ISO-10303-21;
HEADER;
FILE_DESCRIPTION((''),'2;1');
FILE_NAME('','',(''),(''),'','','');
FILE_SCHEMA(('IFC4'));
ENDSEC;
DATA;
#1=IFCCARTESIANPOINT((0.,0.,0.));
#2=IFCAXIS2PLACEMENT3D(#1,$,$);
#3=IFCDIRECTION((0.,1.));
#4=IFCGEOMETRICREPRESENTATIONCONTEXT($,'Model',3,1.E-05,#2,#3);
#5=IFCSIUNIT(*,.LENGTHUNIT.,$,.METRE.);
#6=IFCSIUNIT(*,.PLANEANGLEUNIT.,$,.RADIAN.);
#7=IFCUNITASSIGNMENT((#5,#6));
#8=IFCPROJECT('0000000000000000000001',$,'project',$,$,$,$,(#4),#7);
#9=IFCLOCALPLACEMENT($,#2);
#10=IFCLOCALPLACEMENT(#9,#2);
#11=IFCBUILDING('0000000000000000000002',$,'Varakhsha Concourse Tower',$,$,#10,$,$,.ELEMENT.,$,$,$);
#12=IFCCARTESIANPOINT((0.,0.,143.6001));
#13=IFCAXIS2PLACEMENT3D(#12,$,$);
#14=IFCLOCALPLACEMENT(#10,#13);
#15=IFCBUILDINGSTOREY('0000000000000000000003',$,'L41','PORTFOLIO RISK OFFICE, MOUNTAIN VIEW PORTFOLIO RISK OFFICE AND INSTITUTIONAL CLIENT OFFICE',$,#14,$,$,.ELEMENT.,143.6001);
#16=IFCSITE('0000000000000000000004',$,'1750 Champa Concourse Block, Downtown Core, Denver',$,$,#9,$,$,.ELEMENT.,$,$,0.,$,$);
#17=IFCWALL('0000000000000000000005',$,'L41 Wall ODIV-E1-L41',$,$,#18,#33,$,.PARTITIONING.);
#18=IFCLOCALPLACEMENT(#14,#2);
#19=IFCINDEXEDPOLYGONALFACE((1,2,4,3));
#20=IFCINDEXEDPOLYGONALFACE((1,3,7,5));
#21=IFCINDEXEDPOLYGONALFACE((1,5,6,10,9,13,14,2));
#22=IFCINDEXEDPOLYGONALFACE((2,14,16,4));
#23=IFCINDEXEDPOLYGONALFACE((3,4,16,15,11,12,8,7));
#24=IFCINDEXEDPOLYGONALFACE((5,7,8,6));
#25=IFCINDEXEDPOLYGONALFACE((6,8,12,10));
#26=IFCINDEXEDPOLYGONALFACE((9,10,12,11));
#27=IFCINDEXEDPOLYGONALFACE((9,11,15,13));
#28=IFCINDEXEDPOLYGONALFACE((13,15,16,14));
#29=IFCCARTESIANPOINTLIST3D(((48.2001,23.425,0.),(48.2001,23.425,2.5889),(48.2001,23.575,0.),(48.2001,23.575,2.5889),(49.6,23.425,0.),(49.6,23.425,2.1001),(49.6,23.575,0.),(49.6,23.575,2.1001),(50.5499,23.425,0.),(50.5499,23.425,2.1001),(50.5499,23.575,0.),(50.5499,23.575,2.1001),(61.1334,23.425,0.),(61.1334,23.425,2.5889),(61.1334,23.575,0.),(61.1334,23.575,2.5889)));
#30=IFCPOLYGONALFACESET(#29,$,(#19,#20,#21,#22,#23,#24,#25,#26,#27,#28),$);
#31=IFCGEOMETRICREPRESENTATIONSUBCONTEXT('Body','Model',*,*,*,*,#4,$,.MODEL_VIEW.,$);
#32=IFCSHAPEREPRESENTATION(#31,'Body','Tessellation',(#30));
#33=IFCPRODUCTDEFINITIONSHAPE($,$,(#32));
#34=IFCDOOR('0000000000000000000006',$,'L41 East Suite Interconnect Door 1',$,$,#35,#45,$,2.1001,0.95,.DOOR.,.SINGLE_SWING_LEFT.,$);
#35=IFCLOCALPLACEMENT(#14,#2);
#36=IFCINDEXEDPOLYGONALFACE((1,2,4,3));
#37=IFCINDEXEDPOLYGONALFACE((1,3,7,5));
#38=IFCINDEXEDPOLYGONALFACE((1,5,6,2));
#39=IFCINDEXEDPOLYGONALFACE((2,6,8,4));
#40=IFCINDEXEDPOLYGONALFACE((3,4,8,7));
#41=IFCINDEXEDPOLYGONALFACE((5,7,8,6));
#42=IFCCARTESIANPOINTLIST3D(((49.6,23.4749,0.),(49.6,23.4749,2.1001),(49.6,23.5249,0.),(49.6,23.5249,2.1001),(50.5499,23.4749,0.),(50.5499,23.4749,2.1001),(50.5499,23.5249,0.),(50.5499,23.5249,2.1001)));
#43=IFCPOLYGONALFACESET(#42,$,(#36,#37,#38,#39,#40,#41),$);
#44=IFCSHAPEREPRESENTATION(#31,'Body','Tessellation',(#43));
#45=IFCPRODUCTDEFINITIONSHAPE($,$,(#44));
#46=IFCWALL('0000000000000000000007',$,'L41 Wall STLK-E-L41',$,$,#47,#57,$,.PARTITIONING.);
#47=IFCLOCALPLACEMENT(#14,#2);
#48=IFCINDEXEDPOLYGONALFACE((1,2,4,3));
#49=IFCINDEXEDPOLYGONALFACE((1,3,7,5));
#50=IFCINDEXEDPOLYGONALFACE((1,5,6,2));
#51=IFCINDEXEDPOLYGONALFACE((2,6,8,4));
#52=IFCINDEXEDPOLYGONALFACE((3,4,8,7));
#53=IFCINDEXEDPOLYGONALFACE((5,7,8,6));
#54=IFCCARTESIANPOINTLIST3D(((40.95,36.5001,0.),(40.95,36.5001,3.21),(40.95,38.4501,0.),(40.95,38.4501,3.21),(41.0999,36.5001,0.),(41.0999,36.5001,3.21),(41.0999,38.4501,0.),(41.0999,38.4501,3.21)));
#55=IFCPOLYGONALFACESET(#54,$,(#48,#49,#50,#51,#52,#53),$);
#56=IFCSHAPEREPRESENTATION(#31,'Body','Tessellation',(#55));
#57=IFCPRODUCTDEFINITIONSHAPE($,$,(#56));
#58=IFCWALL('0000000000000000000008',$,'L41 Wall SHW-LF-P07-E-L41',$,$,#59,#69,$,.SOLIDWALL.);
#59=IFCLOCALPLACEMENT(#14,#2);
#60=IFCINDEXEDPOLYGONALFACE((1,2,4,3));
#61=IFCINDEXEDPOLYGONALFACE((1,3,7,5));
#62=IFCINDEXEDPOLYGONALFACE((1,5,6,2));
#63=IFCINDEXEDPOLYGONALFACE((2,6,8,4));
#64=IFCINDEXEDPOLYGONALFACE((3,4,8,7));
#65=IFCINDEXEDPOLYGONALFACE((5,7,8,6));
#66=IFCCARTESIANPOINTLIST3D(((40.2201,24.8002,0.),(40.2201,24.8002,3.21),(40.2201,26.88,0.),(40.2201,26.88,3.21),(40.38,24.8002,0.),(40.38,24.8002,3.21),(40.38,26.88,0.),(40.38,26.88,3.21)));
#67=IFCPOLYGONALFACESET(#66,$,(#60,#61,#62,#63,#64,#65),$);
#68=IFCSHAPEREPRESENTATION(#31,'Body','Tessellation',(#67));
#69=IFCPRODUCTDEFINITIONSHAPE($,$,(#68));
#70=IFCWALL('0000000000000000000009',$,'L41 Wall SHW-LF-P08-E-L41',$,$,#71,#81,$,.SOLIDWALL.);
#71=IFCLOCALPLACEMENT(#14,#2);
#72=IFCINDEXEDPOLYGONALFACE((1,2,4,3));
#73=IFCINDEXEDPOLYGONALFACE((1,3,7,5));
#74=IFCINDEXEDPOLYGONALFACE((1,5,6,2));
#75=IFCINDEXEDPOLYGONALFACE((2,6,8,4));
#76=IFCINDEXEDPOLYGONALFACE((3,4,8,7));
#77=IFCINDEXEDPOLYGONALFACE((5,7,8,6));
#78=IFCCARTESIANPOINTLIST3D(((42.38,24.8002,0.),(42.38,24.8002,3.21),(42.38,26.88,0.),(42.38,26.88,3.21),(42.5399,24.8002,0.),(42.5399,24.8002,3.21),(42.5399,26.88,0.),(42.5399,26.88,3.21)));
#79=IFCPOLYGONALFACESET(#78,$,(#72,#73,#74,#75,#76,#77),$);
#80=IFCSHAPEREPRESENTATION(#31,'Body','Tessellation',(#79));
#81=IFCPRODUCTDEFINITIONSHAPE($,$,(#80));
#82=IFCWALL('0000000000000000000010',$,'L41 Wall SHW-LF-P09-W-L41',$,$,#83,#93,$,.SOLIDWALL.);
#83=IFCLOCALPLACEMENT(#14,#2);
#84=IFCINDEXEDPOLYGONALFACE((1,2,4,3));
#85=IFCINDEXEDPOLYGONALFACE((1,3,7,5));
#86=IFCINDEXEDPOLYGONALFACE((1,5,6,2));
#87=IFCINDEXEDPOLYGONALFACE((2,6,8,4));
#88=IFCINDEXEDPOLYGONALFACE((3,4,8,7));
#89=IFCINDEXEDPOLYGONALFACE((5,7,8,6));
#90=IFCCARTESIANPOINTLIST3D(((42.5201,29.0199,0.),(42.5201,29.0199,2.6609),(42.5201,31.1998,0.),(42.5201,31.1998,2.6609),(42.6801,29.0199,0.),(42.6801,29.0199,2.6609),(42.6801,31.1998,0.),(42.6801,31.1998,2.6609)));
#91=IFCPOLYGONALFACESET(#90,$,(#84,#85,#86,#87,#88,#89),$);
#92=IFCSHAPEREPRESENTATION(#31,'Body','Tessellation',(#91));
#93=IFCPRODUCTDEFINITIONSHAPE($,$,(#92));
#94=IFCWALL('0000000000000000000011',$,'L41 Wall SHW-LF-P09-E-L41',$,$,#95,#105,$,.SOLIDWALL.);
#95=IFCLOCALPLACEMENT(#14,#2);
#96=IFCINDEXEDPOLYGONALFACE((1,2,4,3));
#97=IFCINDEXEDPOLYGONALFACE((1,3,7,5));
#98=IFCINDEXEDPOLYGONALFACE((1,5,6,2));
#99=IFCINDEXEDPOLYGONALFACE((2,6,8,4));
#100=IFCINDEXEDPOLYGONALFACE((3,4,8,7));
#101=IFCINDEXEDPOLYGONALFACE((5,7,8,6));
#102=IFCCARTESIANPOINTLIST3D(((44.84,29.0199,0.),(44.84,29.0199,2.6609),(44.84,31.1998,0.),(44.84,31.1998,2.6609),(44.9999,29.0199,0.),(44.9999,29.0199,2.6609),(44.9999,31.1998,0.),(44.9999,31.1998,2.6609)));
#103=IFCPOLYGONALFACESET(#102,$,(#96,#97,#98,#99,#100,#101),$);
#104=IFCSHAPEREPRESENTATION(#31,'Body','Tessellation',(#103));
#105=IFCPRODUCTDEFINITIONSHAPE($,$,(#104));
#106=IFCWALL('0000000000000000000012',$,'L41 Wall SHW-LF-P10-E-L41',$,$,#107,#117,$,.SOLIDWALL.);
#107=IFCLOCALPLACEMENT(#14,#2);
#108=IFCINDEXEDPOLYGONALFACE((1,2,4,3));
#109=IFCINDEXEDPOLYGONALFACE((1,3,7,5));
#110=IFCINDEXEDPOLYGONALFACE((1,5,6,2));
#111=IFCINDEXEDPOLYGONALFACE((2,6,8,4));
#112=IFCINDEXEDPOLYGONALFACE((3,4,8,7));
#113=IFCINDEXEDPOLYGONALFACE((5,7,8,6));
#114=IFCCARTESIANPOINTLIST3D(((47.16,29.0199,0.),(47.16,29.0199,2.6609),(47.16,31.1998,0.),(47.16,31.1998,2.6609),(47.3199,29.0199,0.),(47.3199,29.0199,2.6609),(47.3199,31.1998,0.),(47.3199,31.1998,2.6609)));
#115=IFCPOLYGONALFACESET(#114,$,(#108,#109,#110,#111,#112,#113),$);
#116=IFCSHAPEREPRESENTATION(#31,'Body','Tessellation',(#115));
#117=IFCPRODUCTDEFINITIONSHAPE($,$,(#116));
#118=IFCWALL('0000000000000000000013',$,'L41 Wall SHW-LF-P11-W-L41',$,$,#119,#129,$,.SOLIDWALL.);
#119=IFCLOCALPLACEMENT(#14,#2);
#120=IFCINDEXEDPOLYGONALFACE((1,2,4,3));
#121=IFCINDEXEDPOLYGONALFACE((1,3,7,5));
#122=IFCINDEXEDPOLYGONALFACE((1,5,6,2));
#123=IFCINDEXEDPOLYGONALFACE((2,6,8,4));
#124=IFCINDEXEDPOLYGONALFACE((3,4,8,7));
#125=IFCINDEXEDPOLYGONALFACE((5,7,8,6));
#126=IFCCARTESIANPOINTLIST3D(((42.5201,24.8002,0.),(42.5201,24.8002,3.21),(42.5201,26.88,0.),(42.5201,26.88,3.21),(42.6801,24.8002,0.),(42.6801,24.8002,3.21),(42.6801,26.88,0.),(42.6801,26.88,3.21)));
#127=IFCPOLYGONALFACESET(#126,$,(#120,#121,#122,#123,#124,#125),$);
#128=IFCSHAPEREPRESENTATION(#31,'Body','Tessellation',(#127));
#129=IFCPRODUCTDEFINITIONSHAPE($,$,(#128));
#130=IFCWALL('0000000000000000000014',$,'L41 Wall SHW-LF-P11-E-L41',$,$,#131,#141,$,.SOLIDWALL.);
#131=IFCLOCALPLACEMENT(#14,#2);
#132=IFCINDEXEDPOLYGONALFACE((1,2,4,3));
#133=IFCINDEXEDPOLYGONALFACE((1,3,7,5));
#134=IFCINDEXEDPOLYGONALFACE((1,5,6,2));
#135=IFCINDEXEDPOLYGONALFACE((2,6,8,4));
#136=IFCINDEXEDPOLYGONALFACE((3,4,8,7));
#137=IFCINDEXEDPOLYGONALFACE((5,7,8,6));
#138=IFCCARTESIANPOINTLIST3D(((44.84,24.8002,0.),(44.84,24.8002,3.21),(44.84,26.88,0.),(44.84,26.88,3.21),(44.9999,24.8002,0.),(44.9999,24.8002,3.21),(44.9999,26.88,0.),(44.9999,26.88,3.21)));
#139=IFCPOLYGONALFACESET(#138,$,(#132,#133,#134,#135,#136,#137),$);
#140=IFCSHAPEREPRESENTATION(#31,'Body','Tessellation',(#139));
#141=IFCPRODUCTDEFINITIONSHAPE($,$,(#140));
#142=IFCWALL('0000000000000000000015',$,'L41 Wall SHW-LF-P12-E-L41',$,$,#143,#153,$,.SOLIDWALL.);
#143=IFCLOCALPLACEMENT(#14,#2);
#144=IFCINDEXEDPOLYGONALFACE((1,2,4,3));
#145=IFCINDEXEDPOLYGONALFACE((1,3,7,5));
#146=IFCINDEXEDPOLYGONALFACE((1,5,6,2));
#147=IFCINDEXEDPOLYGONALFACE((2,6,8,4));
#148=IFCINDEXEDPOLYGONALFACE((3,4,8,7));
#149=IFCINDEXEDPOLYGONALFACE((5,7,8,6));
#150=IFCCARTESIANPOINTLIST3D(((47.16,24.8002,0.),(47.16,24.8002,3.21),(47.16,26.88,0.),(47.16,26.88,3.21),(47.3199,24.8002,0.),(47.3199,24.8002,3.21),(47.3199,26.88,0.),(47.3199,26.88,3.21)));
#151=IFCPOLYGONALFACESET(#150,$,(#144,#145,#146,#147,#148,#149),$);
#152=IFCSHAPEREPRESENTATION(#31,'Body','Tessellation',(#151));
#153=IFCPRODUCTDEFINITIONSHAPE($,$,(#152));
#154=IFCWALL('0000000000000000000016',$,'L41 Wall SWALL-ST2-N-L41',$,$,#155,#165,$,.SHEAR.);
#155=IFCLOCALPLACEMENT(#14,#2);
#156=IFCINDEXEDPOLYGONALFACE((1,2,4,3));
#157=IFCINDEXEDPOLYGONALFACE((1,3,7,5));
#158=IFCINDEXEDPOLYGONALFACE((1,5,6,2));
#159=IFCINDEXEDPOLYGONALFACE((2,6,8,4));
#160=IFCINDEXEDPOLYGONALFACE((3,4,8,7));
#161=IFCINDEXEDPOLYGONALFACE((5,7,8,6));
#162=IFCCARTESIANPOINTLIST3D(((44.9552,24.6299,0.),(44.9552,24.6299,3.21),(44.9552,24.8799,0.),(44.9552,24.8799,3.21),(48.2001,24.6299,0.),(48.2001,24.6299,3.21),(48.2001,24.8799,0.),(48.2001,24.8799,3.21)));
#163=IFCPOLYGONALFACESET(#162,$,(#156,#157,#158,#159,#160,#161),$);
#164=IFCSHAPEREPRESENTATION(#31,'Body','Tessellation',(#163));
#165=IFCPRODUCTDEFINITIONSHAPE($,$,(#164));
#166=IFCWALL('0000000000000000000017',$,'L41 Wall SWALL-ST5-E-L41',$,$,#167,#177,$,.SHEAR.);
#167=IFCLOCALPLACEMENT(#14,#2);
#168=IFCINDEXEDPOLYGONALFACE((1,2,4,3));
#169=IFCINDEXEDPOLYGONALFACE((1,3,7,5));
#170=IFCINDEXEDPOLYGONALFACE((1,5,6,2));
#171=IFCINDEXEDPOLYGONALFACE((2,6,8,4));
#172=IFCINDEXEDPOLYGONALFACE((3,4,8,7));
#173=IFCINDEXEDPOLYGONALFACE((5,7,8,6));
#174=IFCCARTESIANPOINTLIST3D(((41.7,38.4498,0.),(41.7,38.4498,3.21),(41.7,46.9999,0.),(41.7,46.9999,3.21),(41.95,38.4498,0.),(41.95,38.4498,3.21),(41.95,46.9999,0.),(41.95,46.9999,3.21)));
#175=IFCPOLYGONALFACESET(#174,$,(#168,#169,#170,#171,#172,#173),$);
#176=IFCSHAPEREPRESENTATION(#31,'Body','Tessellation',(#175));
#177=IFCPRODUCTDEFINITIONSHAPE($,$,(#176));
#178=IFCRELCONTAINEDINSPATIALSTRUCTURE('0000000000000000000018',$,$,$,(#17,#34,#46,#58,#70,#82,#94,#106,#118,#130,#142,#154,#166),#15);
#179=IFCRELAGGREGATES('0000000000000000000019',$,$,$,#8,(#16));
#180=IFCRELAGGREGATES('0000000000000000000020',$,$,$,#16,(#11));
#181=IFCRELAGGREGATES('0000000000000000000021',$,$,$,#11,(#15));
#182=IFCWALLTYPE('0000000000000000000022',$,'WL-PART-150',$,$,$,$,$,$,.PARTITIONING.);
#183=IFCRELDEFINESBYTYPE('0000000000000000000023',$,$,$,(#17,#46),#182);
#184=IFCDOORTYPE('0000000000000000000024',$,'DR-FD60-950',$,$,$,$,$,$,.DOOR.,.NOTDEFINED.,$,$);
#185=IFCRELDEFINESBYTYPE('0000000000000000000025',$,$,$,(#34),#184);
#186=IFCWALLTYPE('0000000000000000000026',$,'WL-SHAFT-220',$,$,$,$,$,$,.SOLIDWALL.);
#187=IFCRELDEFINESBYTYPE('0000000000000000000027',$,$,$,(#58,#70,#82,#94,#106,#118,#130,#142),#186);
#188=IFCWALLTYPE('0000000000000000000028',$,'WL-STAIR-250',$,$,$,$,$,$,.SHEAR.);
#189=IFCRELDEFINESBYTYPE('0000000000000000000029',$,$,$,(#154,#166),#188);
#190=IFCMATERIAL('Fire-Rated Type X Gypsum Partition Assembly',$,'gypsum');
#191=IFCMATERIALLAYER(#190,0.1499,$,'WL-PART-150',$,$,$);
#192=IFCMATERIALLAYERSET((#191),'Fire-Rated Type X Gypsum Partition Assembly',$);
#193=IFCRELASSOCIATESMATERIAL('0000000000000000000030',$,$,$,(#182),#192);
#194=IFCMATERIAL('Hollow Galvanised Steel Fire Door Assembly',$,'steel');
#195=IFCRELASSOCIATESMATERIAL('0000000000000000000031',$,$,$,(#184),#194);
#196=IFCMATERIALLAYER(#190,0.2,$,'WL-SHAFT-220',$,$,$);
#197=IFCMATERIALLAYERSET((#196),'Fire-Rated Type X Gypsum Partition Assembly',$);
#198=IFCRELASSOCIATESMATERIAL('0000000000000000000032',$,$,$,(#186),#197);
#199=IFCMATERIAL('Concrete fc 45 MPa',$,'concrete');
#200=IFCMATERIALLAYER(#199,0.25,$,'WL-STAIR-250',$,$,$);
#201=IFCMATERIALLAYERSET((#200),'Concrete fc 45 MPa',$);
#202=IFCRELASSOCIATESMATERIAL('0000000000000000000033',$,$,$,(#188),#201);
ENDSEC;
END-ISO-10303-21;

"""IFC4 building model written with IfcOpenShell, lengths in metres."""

from ifc_helpers import new_model, si_unit, direction, frame, frame_2d, origin, place, context, subcontext, project, spatial, rectangle, extrude, material, layer, layer_set, type_object, element, fill, save


model = new_model("IFC4")

# Units and contexts
model_context = context("Model", 3, precision=1e-05, world=origin(), true_north=direction((0.0, 1.0)))
body_context = subcontext(model_context, "Body", "Model", "MODEL_VIEW")
ifc_project = project(units=[si_unit("LENGTHUNIT", "METRE"), si_unit("PLANEANGLEUNIT", "RADIAN")], contexts=[model_context])

# Site, building, storey
site_placement = place(None, origin())
site = spatial("IfcSite", under=ifc_project, at=site_placement, Name="1750 Champa Concourse Block, Downtown Core, Denver", CompositionType="ELEMENT", RefElevation=0.0)
building_placement = place(site_placement, origin())
building = spatial("IfcBuilding", under=site, at=building_placement, Name="Varakhsha Concourse Tower", CompositionType="ELEMENT")
storey_placement = place(building_placement, frame((0.0, 0.0, 143.6001)))
storey = spatial("IfcBuildingStorey", under=building, at=storey_placement, Name="L41", Description="PORTFOLIO RISK OFFICE, MOUNTAIN VIEW PORTFOLIO RISK OFFICE AND INSTITUTIONAL CLIENT OFFICE", CompositionType="ELEMENT", Elevation=143.6001)

# Shared definitions
ifc_material_1 = material(Name="Fire-Rated Type X Gypsum Partition Assembly", Category="gypsum")
ifc_layer_1 = layer(ifc_material_1, 0.1499, Name="WL-PART-150")
ifc_layer_set_1 = layer_set([ifc_layer_1], Name="Fire-Rated Type X Gypsum Partition Assembly")
wall_type_1 = type_object("IfcWallType", Name="WL-PART-150", PredefinedType="PARTITIONING", material=ifc_layer_set_1)

# Wall, opening, door
wall_1_placement = place(storey_placement, frame((48.2, 23.5, 0.0), z_axis=(0.0, 0.0, 1.0), x_axis=(1.0, 0.0, 0.0)))
wall_1 = element("IfcWall", 1, at=wall_1_placement, inside=storey, type_object=wall_type_1, Name="L41 Wall ODIV-E1-L41", PredefinedType="PARTITIONING", context=body_context, shape_type="SweptSolid", body=[
    extrude(rectangle(XDim=12.9333, YDim=0.1499, at=frame_2d((6.4668, 0.0))), origin(), (0.0, 0.0, 1.0), 2.5889),
])
opening_placement = place(wall_1_placement, frame((1.3999, 0.0, 0.0)))
opening = element("IfcOpeningElement", 2, at=opening_placement, cuts=wall_1, PredefinedType="OPENING", context=body_context, shape_type="SweptSolid", body=[
    extrude(rectangle(XDim=0.95, YDim=2.1001, at=frame_2d((0.4751, 1.05))), frame((0.0, 0.085, 0.0), z_axis=(0.0, -1.0, 0.0), x_axis=(1.0, 0.0, 0.0)), (0.0, 0.0, 1.0), 0.1699),
])
ifc_material_2 = material(Name="Hollow Galvanised Steel Fire Door Assembly", Category="steel")
door_type = type_object("IfcDoorType", Name="DR-FD60-950", OperationType="NOTDEFINED", PredefinedType="DOOR", material=ifc_material_2)
door_placement = place(opening_placement, origin())
door = element("IfcDoor", 3, at=door_placement, inside=storey, type_object=door_type, Name="L41 East Suite Interconnect Door 1", OperationType="SINGLE_SWING_LEFT", OverallHeight=2.1001, OverallWidth=0.95, PredefinedType="DOOR", context=body_context, shape_type="SweptSolid", body=[
    extrude(rectangle(XDim=0.95, YDim=2.1001, at=frame_2d((0.4751, 1.05))), frame((0.0, 0.0249, 0.0), z_axis=(0.0, -1.0, 0.0), x_axis=(1.0, 0.0, 0.0)), (0.0, 0.0, 1.0), 0.05),
])
fill(opening, door)

# Walls
wall_2_placement = place(storey_placement, frame((41.0249, 36.5, 0.0), z_axis=(0.0, 0.0, 1.0), x_axis=(0.0, 1.0, 0.0)))
element("IfcWall", 4, at=wall_2_placement, inside=storey, type_object=wall_type_1, Name="L41 Wall STLK-E-L41", PredefinedType="PARTITIONING", context=body_context, shape_type="SweptSolid", body=[
    extrude(rectangle(XDim=1.95, YDim=0.1499, at=frame_2d((0.9751, 0.0))), origin(), (0.0, 0.0, 1.0), 3.21),
])
ifc_layer_2 = layer(ifc_material_1, 0.2, Name="WL-SHAFT-220")
ifc_layer_set_2 = layer_set([ifc_layer_2], Name="Fire-Rated Type X Gypsum Partition Assembly")
wall_type_2 = type_object("IfcWallType", Name="WL-SHAFT-220", PredefinedType="SOLIDWALL", material=ifc_layer_set_2)
for number, where, z_axis, x_axis, name in (
    (5, (40.3, 24.8, 0.0), (0.0, 0.0, 1.0), (0.0, 1.0, 0.0), "L41 Wall SHW-LF-P07-E-L41"),
    (6, (42.46, 24.8, 0.0), (0.0, 0.0, 1.0), (0.0, 1.0, 0.0), "L41 Wall SHW-LF-P08-E-L41"),
):
    element("IfcWall", number, at=place(storey_placement, frame(where, z_axis=z_axis, x_axis=x_axis)), inside=storey, type_object=wall_type_2, Name=name, PredefinedType="SOLIDWALL", context=body_context, shape_type="SweptSolid", body=[
        extrude(rectangle(XDim=2.0798, YDim=0.1599, at=frame_2d((1.04, 0.0))), origin(), (0.0, 0.0, 1.0), 3.21),
    ])
for number, where, z_axis, x_axis, name in (
    (7, (42.6001, 29.02, 0.0), (0.0, 0.0, 1.0), (0.0, 1.0, 0.0), "L41 Wall SHW-LF-P09-W-L41"),
    (8, (44.9199, 29.02, 0.0), (0.0, 0.0, 1.0), (0.0, 1.0, 0.0), "L41 Wall SHW-LF-P09-E-L41"),
    (9, (47.24, 29.02, 0.0), (0.0, 0.0, 1.0), (0.0, 1.0, 0.0), "L41 Wall SHW-LF-P10-E-L41"),
):
    element("IfcWall", number, at=place(storey_placement, frame(where, z_axis=z_axis, x_axis=x_axis)), inside=storey, type_object=wall_type_2, Name=name, PredefinedType="SOLIDWALL", context=body_context, shape_type="SweptSolid", body=[
        extrude(rectangle(XDim=2.1799, YDim=0.1599, at=frame_2d((1.0898, 0.0))), origin(), (0.0, 0.0, 1.0), 2.6609),
    ])
for number, where, z_axis, x_axis, name in (
    (10, (42.6001, 24.8, 0.0), (0.0, 0.0, 1.0), (0.0, 1.0, 0.0), "L41 Wall SHW-LF-P11-W-L41"),
    (11, (44.9199, 24.8, 0.0), (0.0, 0.0, 1.0), (0.0, 1.0, 0.0), "L41 Wall SHW-LF-P11-E-L41"),
    (12, (47.24, 24.8, 0.0), (0.0, 0.0, 1.0), (0.0, 1.0, 0.0), "L41 Wall SHW-LF-P12-E-L41"),
):
    element("IfcWall", number, at=place(storey_placement, frame(where, z_axis=z_axis, x_axis=x_axis)), inside=storey, type_object=wall_type_2, Name=name, PredefinedType="SOLIDWALL", context=body_context, shape_type="SweptSolid", body=[
        extrude(rectangle(XDim=2.0798, YDim=0.1599, at=frame_2d((1.04, 0.0))), origin(), (0.0, 0.0, 1.0), 3.21),
    ])
ifc_material_3 = material(Name="Concrete fc 45 MPa", Category="concrete")
ifc_layer_3 = layer(ifc_material_3, 0.25, Name="WL-STAIR-250")
ifc_layer_set_3 = layer_set([ifc_layer_3], Name="Concrete fc 45 MPa")
wall_type_3 = type_object("IfcWallType", Name="WL-STAIR-250", PredefinedType="SHEAR", material=ifc_layer_set_3)
wall_3_placement = place(storey_placement, frame((44.9551, 24.7549, 0.0), z_axis=(0.0, 0.0, 1.0), x_axis=(1.0, 0.0, 0.0)))
element("IfcWall", 13, at=wall_3_placement, inside=storey, type_object=wall_type_3, Name="L41 Wall SWALL-ST2-N-L41", PredefinedType="SHEAR", context=body_context, shape_type="SweptSolid", body=[
    extrude(rectangle(XDim=3.2449, YDim=0.25, at=frame_2d((1.6226, 0.0))), origin(), (0.0, 0.0, 1.0), 3.21),
])
wall_4_placement = place(storey_placement, frame((41.825, 38.45, 0.0), z_axis=(0.0, 0.0, 1.0), x_axis=(0.0, 1.0, 0.0)))
element("IfcWall", 14, at=wall_4_placement, inside=storey, type_object=wall_type_3, Name="L41 Wall SWALL-ST5-E-L41", PredefinedType="SHEAR", context=body_context, shape_type="SweptSolid", body=[
    extrude(rectangle(XDim=8.55, YDim=0.25, at=frame_2d((4.2749, 0.0))), origin(), (0.0, 0.0, 1.0), 3.21),
])

save(model, "model.ifc")
